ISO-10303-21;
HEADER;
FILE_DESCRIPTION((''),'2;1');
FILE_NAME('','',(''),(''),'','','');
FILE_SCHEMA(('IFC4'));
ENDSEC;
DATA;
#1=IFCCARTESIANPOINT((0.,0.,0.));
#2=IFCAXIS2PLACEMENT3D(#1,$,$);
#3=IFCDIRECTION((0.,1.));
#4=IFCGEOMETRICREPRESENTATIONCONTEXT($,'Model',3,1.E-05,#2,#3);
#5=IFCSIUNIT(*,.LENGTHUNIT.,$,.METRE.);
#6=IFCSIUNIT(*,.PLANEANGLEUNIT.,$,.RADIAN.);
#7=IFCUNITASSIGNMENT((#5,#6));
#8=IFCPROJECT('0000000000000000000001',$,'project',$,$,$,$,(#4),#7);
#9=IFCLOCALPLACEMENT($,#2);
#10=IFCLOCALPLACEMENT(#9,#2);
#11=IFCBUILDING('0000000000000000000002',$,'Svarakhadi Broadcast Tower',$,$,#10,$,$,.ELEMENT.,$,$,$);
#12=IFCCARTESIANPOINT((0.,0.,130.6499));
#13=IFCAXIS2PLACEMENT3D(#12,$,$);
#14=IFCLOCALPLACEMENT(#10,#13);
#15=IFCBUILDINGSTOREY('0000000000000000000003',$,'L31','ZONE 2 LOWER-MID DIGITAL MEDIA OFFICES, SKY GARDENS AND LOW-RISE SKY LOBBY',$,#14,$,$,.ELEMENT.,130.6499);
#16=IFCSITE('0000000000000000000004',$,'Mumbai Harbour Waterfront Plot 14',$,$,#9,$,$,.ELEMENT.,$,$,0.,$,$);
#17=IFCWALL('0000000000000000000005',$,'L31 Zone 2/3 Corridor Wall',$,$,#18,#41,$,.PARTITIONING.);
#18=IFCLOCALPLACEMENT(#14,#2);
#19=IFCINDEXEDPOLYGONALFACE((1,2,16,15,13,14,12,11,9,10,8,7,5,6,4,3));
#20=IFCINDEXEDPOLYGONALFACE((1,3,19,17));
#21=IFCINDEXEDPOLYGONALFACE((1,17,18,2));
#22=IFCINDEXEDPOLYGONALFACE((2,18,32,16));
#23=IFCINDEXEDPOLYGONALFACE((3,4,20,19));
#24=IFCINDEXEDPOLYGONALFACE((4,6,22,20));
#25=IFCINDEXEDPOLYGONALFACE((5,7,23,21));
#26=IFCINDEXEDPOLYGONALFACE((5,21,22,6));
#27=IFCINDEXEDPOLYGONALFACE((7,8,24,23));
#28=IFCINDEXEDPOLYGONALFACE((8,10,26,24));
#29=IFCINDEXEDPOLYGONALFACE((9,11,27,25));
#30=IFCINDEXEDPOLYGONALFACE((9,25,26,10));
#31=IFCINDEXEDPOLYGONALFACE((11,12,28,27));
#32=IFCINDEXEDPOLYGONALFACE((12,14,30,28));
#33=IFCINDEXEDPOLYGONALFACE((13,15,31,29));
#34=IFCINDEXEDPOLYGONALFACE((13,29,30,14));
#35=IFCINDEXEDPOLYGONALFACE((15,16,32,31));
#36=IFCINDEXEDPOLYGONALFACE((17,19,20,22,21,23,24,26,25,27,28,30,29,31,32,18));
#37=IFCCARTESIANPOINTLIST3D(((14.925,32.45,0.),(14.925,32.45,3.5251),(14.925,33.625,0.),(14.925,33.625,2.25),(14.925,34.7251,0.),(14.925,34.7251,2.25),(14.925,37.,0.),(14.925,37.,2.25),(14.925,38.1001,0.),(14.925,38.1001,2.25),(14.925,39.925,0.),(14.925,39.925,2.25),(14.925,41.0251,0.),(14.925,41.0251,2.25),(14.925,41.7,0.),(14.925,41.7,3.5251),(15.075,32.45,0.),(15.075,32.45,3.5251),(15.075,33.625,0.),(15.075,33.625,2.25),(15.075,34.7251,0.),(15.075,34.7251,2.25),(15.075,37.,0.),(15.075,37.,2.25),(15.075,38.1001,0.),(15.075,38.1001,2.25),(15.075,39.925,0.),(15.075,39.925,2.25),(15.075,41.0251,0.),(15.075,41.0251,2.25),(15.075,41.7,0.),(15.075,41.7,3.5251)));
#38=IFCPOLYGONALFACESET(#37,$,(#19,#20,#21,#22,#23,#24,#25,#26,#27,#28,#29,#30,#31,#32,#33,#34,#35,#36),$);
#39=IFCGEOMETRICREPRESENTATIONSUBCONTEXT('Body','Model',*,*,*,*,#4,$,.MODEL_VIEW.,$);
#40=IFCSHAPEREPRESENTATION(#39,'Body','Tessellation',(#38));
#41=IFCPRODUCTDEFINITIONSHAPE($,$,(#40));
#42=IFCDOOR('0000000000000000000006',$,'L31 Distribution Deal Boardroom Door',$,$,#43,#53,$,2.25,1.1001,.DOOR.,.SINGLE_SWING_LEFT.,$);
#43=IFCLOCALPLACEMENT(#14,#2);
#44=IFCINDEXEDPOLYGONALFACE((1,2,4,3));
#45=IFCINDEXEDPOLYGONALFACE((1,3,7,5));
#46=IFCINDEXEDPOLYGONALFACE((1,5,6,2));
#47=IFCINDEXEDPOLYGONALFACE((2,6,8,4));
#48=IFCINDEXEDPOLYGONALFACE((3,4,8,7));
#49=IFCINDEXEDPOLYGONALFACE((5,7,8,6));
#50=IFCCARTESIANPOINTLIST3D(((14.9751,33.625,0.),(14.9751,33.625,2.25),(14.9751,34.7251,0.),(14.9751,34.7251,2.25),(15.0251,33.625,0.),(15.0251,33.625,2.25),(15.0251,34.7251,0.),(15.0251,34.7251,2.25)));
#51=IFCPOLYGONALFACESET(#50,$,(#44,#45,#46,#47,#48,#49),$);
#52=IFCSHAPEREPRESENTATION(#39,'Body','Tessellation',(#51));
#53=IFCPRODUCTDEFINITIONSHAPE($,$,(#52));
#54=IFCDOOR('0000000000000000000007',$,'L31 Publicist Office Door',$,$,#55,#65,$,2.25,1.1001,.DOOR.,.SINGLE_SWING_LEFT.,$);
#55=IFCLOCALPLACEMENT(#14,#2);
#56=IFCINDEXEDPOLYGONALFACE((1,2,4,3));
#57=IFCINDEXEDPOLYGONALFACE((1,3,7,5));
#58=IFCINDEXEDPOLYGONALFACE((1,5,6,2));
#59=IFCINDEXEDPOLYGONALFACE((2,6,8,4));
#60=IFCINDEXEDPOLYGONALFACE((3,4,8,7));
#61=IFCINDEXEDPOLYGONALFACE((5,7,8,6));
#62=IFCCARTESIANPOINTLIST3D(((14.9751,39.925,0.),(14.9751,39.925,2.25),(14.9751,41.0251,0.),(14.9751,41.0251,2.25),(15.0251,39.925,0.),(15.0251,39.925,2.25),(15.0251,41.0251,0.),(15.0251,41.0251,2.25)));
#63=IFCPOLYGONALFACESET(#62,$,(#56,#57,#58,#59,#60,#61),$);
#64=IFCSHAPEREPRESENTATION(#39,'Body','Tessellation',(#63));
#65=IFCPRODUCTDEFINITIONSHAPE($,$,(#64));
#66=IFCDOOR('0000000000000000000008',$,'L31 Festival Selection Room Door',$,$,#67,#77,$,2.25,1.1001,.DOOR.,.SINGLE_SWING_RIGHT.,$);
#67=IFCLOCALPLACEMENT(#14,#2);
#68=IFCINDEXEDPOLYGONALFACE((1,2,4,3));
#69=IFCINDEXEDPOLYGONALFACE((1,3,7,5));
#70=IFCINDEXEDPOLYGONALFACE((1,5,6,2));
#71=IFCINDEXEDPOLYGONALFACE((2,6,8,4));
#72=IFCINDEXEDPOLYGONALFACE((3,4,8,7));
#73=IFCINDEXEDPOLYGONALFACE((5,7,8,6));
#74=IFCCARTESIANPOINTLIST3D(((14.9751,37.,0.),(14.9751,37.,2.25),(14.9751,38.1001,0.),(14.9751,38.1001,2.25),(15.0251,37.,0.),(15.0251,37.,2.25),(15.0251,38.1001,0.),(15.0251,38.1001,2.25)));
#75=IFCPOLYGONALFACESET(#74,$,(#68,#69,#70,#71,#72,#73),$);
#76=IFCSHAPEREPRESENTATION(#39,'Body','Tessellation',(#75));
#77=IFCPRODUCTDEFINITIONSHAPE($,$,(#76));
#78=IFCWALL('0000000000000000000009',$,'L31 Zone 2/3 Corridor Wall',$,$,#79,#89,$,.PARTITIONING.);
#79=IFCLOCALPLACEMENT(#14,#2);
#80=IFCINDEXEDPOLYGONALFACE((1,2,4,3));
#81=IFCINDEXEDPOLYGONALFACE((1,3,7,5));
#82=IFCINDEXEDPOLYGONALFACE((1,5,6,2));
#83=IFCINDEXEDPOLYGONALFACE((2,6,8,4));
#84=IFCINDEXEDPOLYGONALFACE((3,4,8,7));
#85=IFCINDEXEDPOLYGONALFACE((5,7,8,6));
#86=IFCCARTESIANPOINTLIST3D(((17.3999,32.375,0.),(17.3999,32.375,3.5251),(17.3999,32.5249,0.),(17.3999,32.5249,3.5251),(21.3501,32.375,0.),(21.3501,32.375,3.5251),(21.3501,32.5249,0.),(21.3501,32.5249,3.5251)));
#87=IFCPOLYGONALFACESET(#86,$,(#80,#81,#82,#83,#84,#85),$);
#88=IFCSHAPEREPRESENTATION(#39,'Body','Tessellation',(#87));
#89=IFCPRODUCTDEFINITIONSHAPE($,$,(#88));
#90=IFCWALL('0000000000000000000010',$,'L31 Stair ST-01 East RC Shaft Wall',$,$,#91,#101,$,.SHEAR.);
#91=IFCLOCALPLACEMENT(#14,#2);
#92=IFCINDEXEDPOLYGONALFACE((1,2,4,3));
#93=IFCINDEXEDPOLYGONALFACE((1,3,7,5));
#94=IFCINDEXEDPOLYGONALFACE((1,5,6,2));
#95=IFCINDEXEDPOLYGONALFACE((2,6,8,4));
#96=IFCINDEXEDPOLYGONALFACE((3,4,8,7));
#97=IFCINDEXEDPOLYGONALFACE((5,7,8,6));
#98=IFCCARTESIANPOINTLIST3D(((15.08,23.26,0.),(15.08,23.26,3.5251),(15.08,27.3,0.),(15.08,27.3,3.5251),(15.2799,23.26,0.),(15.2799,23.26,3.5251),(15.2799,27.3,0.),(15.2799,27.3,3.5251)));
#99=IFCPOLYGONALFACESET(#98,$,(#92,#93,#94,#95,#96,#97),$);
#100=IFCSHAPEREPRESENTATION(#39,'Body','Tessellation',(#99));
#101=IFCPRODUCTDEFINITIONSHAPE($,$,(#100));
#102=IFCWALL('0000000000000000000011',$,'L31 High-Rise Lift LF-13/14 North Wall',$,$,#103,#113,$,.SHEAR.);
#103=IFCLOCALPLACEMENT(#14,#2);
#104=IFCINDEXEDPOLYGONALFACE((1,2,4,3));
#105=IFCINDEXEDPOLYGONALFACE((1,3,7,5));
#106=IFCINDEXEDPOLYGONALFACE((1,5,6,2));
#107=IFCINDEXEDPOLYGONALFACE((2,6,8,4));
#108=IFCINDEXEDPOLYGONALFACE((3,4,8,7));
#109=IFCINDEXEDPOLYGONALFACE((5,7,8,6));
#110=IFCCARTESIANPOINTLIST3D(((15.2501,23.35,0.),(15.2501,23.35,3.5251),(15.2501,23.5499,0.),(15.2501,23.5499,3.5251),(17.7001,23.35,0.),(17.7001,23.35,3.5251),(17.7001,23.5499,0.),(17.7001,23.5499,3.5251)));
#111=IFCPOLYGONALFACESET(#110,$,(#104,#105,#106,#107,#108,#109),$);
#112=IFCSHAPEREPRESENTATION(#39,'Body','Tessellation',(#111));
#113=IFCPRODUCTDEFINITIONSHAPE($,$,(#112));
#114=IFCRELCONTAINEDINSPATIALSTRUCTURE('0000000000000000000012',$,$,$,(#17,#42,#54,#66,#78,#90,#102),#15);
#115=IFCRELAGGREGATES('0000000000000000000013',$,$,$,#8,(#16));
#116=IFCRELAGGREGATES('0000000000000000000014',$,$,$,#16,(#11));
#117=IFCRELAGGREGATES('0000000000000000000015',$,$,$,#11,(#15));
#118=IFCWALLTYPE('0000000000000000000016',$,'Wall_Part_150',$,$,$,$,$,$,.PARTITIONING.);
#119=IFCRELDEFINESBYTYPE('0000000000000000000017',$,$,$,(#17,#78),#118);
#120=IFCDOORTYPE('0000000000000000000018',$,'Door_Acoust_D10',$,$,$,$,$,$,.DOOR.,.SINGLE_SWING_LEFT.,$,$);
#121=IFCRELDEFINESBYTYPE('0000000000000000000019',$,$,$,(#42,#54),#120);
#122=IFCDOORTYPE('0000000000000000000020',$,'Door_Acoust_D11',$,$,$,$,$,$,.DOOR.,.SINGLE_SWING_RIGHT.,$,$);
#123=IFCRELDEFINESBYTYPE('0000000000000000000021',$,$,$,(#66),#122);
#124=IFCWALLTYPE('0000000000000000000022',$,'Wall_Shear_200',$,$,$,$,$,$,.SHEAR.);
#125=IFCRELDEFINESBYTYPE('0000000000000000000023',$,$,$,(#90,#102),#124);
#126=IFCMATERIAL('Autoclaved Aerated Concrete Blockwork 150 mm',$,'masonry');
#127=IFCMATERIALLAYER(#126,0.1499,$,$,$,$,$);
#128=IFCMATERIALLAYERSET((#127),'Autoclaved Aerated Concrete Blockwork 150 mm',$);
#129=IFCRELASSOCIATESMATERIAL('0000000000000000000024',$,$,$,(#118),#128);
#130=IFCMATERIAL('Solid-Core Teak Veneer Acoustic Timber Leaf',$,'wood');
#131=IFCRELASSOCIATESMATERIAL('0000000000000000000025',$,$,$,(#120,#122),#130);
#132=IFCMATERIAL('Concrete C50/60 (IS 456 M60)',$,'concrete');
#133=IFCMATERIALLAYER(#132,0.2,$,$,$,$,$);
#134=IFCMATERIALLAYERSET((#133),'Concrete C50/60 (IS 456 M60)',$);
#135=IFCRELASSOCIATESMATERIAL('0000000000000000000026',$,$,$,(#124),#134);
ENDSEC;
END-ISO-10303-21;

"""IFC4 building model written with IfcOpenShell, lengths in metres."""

from ifc_helpers import new_model, si_unit, direction, frame, frame_2d, origin, place, context, subcontext, project, spatial, rectangle, extrude, material, layer, layer_set, type_object, element, fill, save


model = new_model("IFC4")

# Units and contexts
model_context = context("Model", 3, precision=1e-05, world=origin(), true_north=direction((0.0, 1.0)))
body_context = subcontext(model_context, "Body", "Model", "MODEL_VIEW")
ifc_project = project(units=[si_unit("LENGTHUNIT", "METRE"), si_unit("PLANEANGLEUNIT", "RADIAN")], contexts=[model_context])

# Site, building, storey
site_placement = place(None, origin())
site = spatial("IfcSite", under=ifc_project, at=site_placement, Name="Mumbai Harbour Waterfront Plot 14", CompositionType="ELEMENT", RefElevation=0.0)
building_placement = place(site_placement, origin())
building = spatial("IfcBuilding", under=site, at=building_placement, Name="Svarakhadi Broadcast Tower", CompositionType="ELEMENT")
storey_placement = place(building_placement, frame((0.0, 0.0, 130.6499)))
storey = spatial("IfcBuildingStorey", under=building, at=storey_placement, Name="L31", Description="ZONE 2 LOWER-MID DIGITAL MEDIA OFFICES, SKY GARDENS AND LOW-RISE SKY LOBBY", CompositionType="ELEMENT", Elevation=130.6499)

# Shared definitions
ifc_material_1 = material(Name="Concrete C50/60 (IS 456 M60)", Category="concrete")

# Shared definitions
ifc_material_2 = material(Name="Autoclaved Aerated Concrete Blockwork 150 mm", Category="masonry")
ifc_layer_1 = layer(ifc_material_2, 0.1499)
ifc_layer_set_1 = layer_set([ifc_layer_1], Name="Autoclaved Aerated Concrete Blockwork 150 mm")
wall_type_1 = type_object("IfcWallType", Name="Wall_Part_150", PredefinedType="PARTITIONING", material=ifc_layer_set_1)

# Wall, openings, doors
ifc_material_3 = material(Name="Solid-Core Teak Veneer Acoustic Timber Leaf", Category="wood")
door_type_1 = type_object("IfcDoorType", Name="Door_Acoust_D10", OperationType="SINGLE_SWING_LEFT", PredefinedType="DOOR", material=ifc_material_3)
door_type_2 = type_object("IfcDoorType", Name="Door_Acoust_D11", OperationType="SINGLE_SWING_RIGHT", PredefinedType="DOOR", material=ifc_material_3)
wall_1_placement = place(storey_placement, frame((15.0, 32.45, 0.0), z_axis=(0.0, 0.0, 1.0), x_axis=(0.0, 1.0, 0.0)))
wall_1 = element("IfcWall", 1, at=wall_1_placement, inside=storey, type_object=wall_type_1, Name="L31 Zone 2/3 Corridor Wall", PredefinedType="PARTITIONING", context=body_context, shape_type="SweptSolid", body=[
    extrude(rectangle(XDim=9.25, YDim=0.1499, at=frame_2d((4.625, 0.0))), origin(), (0.0, 0.0, 1.0), 3.5251),
])
opening_1_placement = place(wall_1_placement, frame((1.175, 0.0, 0.0)))
opening_1 = element("IfcOpeningElement", 2, at=opening_1_placement, cuts=wall_1, PredefinedType="OPENING", context=body_context, shape_type="SweptSolid", body=[
    extrude(rectangle(XDim=1.1001, YDim=2.25, at=frame_2d((0.55, 1.125))), frame((0.0, 0.085, 0.0), z_axis=(0.0, -1.0, 0.0), x_axis=(1.0, 0.0, 0.0)), (0.0, 0.0, 1.0), 0.1699),
])
opening_2_placement = place(wall_1_placement, frame((4.55, 0.0, 0.0)))
opening_2 = element("IfcOpeningElement", 3, at=opening_2_placement, cuts=wall_1, PredefinedType="OPENING", context=body_context, shape_type="SweptSolid", body=[
    extrude(rectangle(XDim=1.1001, YDim=2.25, at=frame_2d((0.55, 1.125))), frame((0.0, 0.085, 0.0), z_axis=(0.0, -1.0, 0.0), x_axis=(1.0, 0.0, 0.0)), (0.0, 0.0, 1.0), 0.1699),
])
opening_3_placement = place(wall_1_placement, frame((7.4751, 0.0, 0.0)))
opening_3 = element("IfcOpeningElement", 4, at=opening_3_placement, cuts=wall_1, PredefinedType="OPENING", context=body_context, shape_type="SweptSolid", body=[
    extrude(rectangle(XDim=1.1001, YDim=2.25, at=frame_2d((0.55, 1.125))), frame((0.0, 0.085, 0.0), z_axis=(0.0, -1.0, 0.0), x_axis=(1.0, 0.0, 0.0)), (0.0, 0.0, 1.0), 0.1699),
])
door_1_placement = place(opening_1_placement, origin())
door_1 = element("IfcDoor", 5, at=door_1_placement, inside=storey, type_object=door_type_1, Name="L31 Distribution Deal Boardroom Door", OperationType="SINGLE_SWING_LEFT", OverallHeight=2.25, OverallWidth=1.1001, PredefinedType="DOOR", context=body_context, shape_type="SweptSolid", body=[
    extrude(rectangle(XDim=1.1001, YDim=2.25, at=frame_2d((0.55, 1.125))), frame((0.0, 0.0249, 0.0), z_axis=(0.0, -1.0, 0.0), x_axis=(1.0, 0.0, 0.0)), (0.0, 0.0, 1.0), 0.05),
])
fill(opening_1, door_1)
door_2_placement = place(opening_3_placement, origin())
door_2 = element("IfcDoor", 6, at=door_2_placement, inside=storey, type_object=door_type_1, Name="L31 Publicist Office Door", OperationType="SINGLE_SWING_LEFT", OverallHeight=2.25, OverallWidth=1.1001, PredefinedType="DOOR", context=body_context, shape_type="SweptSolid", body=[
    extrude(rectangle(XDim=1.1001, YDim=2.25, at=frame_2d((0.55, 1.125))), frame((0.0, 0.0249, 0.0), z_axis=(0.0, -1.0, 0.0), x_axis=(1.0, 0.0, 0.0)), (0.0, 0.0, 1.0), 0.05),
])
fill(opening_3, door_2)
door_3_placement = place(opening_2_placement, origin())
door_3 = element("IfcDoor", 7, at=door_3_placement, inside=storey, type_object=door_type_2, Name="L31 Festival Selection Room Door", OperationType="SINGLE_SWING_RIGHT", OverallHeight=2.25, OverallWidth=1.1001, PredefinedType="DOOR", context=body_context, shape_type="SweptSolid", body=[
    extrude(rectangle(XDim=1.1001, YDim=2.25, at=frame_2d((0.55, 1.125))), frame((0.0, 0.0249, 0.0), z_axis=(0.0, -1.0, 0.0), x_axis=(1.0, 0.0, 0.0)), (0.0, 0.0, 1.0), 0.05),
])
fill(opening_2, door_3)

# Walls
wall_2_placement = place(storey_placement, frame((17.3999, 32.45, 0.0), z_axis=(0.0, 0.0, 1.0), x_axis=(1.0, 0.0, 0.0)))
element("IfcWall", 8, at=wall_2_placement, inside=storey, type_object=wall_type_1, Name="L31 Zone 2/3 Corridor Wall", PredefinedType="PARTITIONING", context=body_context, shape_type="SweptSolid", body=[
    extrude(rectangle(XDim=3.9502, YDim=0.1499, at=frame_2d((1.9751, 0.0))), origin(), (0.0, 0.0, 1.0), 3.5251),
])
ifc_layer_2 = layer(ifc_material_1, 0.2)
ifc_layer_set_2 = layer_set([ifc_layer_2], Name="Concrete C50/60 (IS 456 M60)")
wall_type_2 = type_object("IfcWallType", Name="Wall_Shear_200", PredefinedType="SHEAR", material=ifc_layer_set_2)
wall_3_placement = place(storey_placement, frame((15.1799, 23.26, 0.0), z_axis=(0.0, 0.0, 1.0), x_axis=(0.0, 1.0, 0.0)))
element("IfcWall", 9, at=wall_3_placement, inside=storey, type_object=wall_type_2, Name="L31 Stair ST-01 East RC Shaft Wall", PredefinedType="SHEAR", context=body_context, shape_type="SweptSolid", body=[
    extrude(rectangle(XDim=4.04, YDim=0.2, at=frame_2d((2.02, 0.0))), origin(), (0.0, 0.0, 1.0), 3.5251),
])
wall_4_placement = place(storey_placement, frame((15.25, 23.45, 0.0), z_axis=(0.0, 0.0, 1.0), x_axis=(1.0, 0.0, 0.0)))
element("IfcWall", 10, at=wall_4_placement, inside=storey, type_object=wall_type_2, Name="L31 High-Rise Lift LF-13/14 North Wall", PredefinedType="SHEAR", context=body_context, shape_type="SweptSolid", body=[
    extrude(rectangle(XDim=2.45, YDim=0.2, at=frame_2d((1.2251, 0.0))), origin(), (0.0, 0.0, 1.0), 3.5251),
])

save(model, "model.ifc")
